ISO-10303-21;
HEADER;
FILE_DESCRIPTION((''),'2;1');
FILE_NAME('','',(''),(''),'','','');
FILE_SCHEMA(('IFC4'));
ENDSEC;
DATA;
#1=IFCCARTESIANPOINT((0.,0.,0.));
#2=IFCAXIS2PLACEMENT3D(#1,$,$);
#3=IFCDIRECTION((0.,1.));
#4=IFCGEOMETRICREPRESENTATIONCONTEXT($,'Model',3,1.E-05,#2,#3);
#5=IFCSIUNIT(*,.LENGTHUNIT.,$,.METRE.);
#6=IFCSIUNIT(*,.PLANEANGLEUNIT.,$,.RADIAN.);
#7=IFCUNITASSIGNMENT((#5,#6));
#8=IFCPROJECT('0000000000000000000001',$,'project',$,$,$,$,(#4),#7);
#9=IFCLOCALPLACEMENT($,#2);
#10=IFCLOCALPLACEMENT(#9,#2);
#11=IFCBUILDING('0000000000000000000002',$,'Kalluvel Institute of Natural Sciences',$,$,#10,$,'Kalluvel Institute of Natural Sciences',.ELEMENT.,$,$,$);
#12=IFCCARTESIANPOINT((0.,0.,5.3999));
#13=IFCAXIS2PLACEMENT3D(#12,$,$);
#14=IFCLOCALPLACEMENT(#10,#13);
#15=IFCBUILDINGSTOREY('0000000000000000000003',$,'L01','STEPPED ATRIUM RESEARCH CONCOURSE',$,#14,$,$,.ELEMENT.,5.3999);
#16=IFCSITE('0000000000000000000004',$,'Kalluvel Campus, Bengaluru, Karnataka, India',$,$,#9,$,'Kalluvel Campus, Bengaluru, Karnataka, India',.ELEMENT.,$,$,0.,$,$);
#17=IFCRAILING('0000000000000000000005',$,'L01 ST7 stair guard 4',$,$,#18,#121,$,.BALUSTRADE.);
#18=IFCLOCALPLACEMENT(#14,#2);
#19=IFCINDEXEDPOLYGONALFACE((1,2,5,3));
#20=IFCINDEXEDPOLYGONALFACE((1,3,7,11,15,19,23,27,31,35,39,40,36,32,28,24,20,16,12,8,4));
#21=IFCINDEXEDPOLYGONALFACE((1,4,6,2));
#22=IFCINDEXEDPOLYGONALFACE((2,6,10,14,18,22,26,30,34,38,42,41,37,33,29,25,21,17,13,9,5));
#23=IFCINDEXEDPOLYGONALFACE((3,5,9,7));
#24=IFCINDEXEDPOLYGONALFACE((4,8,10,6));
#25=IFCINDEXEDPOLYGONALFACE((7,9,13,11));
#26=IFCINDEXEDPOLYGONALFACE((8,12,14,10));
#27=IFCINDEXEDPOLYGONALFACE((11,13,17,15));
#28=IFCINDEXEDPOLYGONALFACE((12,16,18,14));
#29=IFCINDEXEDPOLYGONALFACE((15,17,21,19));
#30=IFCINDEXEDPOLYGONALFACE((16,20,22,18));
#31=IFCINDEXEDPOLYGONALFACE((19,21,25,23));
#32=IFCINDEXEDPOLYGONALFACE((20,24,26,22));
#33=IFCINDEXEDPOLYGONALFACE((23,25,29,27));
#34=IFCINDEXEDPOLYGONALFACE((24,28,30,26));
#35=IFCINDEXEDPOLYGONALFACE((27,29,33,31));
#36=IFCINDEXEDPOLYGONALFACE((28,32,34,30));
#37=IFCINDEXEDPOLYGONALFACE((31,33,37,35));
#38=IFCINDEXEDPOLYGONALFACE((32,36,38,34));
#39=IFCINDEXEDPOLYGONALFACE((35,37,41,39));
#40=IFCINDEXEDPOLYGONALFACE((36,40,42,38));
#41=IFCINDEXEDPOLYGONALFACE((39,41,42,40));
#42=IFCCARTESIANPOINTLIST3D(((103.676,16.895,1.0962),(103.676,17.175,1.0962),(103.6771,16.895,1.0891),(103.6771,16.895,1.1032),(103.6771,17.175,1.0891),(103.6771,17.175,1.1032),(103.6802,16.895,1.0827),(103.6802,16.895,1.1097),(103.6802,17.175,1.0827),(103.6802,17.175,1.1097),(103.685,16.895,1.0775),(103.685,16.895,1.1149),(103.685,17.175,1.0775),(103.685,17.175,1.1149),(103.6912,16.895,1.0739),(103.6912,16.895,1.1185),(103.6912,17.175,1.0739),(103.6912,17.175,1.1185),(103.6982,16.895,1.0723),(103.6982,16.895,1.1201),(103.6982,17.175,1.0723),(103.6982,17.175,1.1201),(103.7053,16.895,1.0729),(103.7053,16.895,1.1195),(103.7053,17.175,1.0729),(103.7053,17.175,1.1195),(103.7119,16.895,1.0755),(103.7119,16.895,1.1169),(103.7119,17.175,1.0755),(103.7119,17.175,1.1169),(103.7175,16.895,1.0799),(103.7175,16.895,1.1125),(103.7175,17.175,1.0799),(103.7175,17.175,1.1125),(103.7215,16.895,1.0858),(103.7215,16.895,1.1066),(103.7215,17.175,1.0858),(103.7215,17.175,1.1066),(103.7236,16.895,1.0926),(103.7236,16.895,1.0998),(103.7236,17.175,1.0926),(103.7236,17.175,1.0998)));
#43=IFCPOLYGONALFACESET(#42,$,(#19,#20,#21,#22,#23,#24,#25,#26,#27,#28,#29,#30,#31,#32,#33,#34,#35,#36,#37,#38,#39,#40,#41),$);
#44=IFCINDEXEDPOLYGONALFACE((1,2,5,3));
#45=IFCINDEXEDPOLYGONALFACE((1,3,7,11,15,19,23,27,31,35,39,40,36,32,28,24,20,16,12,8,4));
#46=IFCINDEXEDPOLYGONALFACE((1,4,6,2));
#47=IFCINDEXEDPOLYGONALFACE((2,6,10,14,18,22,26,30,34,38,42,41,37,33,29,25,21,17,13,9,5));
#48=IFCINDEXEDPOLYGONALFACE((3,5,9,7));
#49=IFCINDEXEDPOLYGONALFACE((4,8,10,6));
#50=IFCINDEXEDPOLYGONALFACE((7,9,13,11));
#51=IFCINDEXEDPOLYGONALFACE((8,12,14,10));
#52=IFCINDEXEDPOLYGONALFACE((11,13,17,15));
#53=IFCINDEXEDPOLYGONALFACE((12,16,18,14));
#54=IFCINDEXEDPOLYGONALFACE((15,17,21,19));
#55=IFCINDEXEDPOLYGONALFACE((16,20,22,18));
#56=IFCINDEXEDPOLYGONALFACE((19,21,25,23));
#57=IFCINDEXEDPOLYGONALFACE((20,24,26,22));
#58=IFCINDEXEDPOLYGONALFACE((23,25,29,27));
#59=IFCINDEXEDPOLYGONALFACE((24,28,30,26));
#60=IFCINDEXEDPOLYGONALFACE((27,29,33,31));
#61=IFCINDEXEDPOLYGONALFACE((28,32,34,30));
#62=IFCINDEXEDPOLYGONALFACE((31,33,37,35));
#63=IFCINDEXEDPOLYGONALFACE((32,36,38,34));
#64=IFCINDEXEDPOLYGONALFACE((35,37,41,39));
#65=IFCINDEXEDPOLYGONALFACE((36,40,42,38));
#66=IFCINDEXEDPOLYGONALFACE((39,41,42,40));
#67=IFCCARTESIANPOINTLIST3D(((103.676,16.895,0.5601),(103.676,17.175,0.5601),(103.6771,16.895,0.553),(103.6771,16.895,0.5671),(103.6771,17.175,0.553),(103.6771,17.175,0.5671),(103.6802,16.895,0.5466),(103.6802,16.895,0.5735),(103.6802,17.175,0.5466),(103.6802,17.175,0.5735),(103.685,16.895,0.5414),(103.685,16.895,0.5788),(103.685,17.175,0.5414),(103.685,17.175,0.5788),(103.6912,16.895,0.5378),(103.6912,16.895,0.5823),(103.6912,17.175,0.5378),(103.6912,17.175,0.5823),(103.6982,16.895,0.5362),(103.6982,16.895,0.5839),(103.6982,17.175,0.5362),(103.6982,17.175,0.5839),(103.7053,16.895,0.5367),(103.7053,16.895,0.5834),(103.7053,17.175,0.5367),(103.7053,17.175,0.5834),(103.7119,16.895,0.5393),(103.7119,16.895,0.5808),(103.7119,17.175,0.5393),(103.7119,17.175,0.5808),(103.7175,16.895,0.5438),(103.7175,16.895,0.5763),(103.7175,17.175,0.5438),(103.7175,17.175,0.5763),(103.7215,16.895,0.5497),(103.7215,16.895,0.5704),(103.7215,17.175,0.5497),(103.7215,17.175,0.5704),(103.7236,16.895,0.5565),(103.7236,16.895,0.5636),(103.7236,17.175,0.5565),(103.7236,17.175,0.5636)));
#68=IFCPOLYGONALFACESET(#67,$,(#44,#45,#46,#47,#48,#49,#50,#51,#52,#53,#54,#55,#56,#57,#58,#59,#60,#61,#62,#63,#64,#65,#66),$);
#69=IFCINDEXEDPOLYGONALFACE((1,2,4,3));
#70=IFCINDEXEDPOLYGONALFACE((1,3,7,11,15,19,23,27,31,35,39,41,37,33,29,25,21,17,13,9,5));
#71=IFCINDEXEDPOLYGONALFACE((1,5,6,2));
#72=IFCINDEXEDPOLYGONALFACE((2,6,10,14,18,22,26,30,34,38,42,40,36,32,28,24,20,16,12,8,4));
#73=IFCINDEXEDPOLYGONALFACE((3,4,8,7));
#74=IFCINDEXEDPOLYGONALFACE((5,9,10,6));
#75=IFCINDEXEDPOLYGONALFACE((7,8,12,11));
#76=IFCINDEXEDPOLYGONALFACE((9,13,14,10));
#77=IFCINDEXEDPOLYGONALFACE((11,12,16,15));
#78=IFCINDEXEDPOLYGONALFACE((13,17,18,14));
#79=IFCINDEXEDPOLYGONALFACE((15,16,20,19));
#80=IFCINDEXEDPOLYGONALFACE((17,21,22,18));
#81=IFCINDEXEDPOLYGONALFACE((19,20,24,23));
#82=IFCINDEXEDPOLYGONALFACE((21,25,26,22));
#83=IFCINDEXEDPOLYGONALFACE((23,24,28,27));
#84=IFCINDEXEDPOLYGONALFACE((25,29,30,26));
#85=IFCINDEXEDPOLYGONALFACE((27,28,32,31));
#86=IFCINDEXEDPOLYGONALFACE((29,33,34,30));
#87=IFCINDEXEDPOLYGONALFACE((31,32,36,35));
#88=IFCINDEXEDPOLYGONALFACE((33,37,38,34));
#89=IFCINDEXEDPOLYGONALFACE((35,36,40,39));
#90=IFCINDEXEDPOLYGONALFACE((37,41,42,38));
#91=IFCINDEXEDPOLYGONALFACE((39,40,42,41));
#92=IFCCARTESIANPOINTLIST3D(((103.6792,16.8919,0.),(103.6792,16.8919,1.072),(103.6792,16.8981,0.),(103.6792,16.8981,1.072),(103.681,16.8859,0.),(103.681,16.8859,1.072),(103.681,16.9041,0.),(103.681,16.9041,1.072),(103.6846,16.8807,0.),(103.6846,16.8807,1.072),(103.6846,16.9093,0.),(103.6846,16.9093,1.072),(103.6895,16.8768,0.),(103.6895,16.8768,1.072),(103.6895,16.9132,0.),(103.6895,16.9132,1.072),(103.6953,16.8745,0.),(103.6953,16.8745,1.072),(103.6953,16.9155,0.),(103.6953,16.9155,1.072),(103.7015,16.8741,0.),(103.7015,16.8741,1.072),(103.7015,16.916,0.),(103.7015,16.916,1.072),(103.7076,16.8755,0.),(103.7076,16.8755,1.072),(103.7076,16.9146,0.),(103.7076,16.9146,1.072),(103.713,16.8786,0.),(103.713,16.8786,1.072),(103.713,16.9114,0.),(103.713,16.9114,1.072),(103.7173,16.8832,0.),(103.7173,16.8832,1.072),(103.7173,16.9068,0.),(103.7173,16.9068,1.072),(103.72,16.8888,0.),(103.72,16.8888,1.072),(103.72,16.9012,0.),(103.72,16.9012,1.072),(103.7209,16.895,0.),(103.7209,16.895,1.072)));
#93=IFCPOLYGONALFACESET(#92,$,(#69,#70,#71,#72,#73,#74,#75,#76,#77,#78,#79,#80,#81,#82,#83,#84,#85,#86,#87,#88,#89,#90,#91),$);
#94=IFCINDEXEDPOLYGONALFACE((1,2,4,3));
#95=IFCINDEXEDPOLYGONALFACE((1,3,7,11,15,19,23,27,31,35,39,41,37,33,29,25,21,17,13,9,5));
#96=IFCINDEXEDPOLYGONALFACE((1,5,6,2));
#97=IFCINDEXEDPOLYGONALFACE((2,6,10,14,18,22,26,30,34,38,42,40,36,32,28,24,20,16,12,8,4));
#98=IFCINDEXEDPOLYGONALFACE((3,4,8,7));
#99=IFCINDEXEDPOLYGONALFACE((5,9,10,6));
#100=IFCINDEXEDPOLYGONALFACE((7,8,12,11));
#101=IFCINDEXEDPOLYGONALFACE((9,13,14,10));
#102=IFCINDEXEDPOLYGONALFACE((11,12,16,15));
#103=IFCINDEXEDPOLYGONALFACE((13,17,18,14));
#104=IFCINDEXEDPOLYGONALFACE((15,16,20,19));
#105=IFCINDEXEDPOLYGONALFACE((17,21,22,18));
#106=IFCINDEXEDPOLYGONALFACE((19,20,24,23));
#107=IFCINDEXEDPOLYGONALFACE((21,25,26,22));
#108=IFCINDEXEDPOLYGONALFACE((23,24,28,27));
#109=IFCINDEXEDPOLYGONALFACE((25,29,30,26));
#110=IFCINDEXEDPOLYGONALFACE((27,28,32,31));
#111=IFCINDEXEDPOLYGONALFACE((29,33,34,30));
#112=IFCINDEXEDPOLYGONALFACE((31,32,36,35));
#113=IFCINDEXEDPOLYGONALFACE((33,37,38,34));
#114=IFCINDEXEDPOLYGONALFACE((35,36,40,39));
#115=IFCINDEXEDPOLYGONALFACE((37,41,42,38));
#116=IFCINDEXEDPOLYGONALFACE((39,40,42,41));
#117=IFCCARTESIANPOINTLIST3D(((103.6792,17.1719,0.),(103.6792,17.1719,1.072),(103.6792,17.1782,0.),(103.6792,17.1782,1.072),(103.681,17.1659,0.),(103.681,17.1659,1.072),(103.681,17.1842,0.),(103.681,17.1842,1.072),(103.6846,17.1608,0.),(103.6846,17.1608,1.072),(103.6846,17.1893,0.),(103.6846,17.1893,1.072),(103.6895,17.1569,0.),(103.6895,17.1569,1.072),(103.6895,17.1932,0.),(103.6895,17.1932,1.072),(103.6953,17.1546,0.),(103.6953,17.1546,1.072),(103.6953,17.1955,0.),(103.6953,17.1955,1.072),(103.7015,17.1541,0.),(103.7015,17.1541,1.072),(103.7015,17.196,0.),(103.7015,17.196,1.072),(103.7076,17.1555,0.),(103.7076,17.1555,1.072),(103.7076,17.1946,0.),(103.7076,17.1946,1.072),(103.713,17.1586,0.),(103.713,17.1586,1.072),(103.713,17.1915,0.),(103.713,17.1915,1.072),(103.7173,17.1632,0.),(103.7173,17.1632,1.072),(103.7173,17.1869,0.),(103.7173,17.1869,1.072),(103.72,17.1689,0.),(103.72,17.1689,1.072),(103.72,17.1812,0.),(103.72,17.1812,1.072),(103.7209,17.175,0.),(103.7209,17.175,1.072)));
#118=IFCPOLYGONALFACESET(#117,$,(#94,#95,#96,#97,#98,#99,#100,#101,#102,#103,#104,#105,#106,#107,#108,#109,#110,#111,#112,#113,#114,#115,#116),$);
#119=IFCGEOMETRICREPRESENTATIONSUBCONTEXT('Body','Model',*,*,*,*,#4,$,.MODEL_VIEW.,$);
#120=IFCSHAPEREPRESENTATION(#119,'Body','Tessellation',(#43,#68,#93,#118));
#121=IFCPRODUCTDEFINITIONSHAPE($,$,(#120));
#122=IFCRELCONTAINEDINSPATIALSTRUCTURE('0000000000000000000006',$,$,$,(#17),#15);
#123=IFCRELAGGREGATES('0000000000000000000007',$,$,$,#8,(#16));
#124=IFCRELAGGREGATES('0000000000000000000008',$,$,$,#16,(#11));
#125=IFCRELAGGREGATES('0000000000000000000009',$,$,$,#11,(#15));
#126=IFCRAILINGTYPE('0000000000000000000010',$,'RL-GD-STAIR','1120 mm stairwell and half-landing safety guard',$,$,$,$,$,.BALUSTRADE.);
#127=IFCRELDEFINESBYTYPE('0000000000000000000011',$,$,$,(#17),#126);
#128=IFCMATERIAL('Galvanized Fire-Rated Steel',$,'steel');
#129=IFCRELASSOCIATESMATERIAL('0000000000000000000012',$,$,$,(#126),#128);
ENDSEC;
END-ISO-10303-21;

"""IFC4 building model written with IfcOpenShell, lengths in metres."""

from ifc_helpers import new_model, si_unit, direction, frame, origin, origin_2d, place, context, subcontext, project, spatial, circle, extrude, material, type_object, element, save


model = new_model("IFC4")

# Units and contexts
model_context = context("Model", 3, precision=1e-05, world=origin(), true_north=direction((0.0, 1.0)))
body_context = subcontext(model_context, "Body", "Model", "MODEL_VIEW")
ifc_project = project(units=[si_unit("LENGTHUNIT", "METRE"), si_unit("PLANEANGLEUNIT", "RADIAN")], contexts=[model_context])

# Site, building, storey
site_placement = place(None, origin())
site = spatial("IfcSite", under=ifc_project, at=site_placement, Name="Kalluvel Campus, Bengaluru, Karnataka, India", LongName="Kalluvel Campus, Bengaluru, Karnataka, India", CompositionType="ELEMENT", RefElevation=0.0)
building_placement = place(site_placement, origin())
building = spatial("IfcBuilding", under=site, at=building_placement, Name="Kalluvel Institute of Natural Sciences", LongName="Kalluvel Institute of Natural Sciences", CompositionType="ELEMENT")
storey_placement = place(building_placement, frame((0.0, 0.0, 5.3999)))
storey = spatial("IfcBuildingStorey", under=building, at=storey_placement, Name="L01", Description="STEPPED ATRIUM RESEARCH CONCOURSE", CompositionType="ELEMENT", Elevation=5.3999)

# Railing
ifc_material_1 = material(Name="Galvanized Fire-Rated Steel", Category="steel")
railing_type_1 = type_object("IfcRailingType", Name="RL-GD-STAIR", Description="1120 mm stairwell and half-landing safety guard", PredefinedType="BALUSTRADE", material=ifc_material_1)
railing_1_placement = place(storey_placement, frame((103.7, 16.895, 0.0)))
element("IfcRailing", 1, at=railing_1_placement, inside=storey, type_object=railing_type_1, Name="L01 ST7 stair guard 4", PredefinedType="BALUSTRADE", context=body_context, shape_type="SweptSolid", body=[
    extrude(circle(Radius=0.0239, at=origin_2d()), frame((0.0, 0.0, 1.0962), z_axis=(0.0, 1.0, 0.0), x_axis=(-1.0, 0.0, 0.0)), (0.0, 0.0, 1.0), 0.28),
    extrude(circle(Radius=0.0239, at=origin_2d()), frame((0.0, 0.0, 0.5601), z_axis=(0.0, 1.0, 0.0), x_axis=(-1.0, 0.0, 0.0)), (0.0, 0.0, 1.0), 0.28),
    extrude(circle(Radius=0.021, at=origin_2d()), origin(), (0.0, 0.0, 1.0), 1.072),
    extrude(circle(Radius=0.021, at=origin_2d()), frame((0.0, 0.28, 0.0)), (0.0, 0.0, 1.0), 1.072),
])

save(model, "model.ifc")
